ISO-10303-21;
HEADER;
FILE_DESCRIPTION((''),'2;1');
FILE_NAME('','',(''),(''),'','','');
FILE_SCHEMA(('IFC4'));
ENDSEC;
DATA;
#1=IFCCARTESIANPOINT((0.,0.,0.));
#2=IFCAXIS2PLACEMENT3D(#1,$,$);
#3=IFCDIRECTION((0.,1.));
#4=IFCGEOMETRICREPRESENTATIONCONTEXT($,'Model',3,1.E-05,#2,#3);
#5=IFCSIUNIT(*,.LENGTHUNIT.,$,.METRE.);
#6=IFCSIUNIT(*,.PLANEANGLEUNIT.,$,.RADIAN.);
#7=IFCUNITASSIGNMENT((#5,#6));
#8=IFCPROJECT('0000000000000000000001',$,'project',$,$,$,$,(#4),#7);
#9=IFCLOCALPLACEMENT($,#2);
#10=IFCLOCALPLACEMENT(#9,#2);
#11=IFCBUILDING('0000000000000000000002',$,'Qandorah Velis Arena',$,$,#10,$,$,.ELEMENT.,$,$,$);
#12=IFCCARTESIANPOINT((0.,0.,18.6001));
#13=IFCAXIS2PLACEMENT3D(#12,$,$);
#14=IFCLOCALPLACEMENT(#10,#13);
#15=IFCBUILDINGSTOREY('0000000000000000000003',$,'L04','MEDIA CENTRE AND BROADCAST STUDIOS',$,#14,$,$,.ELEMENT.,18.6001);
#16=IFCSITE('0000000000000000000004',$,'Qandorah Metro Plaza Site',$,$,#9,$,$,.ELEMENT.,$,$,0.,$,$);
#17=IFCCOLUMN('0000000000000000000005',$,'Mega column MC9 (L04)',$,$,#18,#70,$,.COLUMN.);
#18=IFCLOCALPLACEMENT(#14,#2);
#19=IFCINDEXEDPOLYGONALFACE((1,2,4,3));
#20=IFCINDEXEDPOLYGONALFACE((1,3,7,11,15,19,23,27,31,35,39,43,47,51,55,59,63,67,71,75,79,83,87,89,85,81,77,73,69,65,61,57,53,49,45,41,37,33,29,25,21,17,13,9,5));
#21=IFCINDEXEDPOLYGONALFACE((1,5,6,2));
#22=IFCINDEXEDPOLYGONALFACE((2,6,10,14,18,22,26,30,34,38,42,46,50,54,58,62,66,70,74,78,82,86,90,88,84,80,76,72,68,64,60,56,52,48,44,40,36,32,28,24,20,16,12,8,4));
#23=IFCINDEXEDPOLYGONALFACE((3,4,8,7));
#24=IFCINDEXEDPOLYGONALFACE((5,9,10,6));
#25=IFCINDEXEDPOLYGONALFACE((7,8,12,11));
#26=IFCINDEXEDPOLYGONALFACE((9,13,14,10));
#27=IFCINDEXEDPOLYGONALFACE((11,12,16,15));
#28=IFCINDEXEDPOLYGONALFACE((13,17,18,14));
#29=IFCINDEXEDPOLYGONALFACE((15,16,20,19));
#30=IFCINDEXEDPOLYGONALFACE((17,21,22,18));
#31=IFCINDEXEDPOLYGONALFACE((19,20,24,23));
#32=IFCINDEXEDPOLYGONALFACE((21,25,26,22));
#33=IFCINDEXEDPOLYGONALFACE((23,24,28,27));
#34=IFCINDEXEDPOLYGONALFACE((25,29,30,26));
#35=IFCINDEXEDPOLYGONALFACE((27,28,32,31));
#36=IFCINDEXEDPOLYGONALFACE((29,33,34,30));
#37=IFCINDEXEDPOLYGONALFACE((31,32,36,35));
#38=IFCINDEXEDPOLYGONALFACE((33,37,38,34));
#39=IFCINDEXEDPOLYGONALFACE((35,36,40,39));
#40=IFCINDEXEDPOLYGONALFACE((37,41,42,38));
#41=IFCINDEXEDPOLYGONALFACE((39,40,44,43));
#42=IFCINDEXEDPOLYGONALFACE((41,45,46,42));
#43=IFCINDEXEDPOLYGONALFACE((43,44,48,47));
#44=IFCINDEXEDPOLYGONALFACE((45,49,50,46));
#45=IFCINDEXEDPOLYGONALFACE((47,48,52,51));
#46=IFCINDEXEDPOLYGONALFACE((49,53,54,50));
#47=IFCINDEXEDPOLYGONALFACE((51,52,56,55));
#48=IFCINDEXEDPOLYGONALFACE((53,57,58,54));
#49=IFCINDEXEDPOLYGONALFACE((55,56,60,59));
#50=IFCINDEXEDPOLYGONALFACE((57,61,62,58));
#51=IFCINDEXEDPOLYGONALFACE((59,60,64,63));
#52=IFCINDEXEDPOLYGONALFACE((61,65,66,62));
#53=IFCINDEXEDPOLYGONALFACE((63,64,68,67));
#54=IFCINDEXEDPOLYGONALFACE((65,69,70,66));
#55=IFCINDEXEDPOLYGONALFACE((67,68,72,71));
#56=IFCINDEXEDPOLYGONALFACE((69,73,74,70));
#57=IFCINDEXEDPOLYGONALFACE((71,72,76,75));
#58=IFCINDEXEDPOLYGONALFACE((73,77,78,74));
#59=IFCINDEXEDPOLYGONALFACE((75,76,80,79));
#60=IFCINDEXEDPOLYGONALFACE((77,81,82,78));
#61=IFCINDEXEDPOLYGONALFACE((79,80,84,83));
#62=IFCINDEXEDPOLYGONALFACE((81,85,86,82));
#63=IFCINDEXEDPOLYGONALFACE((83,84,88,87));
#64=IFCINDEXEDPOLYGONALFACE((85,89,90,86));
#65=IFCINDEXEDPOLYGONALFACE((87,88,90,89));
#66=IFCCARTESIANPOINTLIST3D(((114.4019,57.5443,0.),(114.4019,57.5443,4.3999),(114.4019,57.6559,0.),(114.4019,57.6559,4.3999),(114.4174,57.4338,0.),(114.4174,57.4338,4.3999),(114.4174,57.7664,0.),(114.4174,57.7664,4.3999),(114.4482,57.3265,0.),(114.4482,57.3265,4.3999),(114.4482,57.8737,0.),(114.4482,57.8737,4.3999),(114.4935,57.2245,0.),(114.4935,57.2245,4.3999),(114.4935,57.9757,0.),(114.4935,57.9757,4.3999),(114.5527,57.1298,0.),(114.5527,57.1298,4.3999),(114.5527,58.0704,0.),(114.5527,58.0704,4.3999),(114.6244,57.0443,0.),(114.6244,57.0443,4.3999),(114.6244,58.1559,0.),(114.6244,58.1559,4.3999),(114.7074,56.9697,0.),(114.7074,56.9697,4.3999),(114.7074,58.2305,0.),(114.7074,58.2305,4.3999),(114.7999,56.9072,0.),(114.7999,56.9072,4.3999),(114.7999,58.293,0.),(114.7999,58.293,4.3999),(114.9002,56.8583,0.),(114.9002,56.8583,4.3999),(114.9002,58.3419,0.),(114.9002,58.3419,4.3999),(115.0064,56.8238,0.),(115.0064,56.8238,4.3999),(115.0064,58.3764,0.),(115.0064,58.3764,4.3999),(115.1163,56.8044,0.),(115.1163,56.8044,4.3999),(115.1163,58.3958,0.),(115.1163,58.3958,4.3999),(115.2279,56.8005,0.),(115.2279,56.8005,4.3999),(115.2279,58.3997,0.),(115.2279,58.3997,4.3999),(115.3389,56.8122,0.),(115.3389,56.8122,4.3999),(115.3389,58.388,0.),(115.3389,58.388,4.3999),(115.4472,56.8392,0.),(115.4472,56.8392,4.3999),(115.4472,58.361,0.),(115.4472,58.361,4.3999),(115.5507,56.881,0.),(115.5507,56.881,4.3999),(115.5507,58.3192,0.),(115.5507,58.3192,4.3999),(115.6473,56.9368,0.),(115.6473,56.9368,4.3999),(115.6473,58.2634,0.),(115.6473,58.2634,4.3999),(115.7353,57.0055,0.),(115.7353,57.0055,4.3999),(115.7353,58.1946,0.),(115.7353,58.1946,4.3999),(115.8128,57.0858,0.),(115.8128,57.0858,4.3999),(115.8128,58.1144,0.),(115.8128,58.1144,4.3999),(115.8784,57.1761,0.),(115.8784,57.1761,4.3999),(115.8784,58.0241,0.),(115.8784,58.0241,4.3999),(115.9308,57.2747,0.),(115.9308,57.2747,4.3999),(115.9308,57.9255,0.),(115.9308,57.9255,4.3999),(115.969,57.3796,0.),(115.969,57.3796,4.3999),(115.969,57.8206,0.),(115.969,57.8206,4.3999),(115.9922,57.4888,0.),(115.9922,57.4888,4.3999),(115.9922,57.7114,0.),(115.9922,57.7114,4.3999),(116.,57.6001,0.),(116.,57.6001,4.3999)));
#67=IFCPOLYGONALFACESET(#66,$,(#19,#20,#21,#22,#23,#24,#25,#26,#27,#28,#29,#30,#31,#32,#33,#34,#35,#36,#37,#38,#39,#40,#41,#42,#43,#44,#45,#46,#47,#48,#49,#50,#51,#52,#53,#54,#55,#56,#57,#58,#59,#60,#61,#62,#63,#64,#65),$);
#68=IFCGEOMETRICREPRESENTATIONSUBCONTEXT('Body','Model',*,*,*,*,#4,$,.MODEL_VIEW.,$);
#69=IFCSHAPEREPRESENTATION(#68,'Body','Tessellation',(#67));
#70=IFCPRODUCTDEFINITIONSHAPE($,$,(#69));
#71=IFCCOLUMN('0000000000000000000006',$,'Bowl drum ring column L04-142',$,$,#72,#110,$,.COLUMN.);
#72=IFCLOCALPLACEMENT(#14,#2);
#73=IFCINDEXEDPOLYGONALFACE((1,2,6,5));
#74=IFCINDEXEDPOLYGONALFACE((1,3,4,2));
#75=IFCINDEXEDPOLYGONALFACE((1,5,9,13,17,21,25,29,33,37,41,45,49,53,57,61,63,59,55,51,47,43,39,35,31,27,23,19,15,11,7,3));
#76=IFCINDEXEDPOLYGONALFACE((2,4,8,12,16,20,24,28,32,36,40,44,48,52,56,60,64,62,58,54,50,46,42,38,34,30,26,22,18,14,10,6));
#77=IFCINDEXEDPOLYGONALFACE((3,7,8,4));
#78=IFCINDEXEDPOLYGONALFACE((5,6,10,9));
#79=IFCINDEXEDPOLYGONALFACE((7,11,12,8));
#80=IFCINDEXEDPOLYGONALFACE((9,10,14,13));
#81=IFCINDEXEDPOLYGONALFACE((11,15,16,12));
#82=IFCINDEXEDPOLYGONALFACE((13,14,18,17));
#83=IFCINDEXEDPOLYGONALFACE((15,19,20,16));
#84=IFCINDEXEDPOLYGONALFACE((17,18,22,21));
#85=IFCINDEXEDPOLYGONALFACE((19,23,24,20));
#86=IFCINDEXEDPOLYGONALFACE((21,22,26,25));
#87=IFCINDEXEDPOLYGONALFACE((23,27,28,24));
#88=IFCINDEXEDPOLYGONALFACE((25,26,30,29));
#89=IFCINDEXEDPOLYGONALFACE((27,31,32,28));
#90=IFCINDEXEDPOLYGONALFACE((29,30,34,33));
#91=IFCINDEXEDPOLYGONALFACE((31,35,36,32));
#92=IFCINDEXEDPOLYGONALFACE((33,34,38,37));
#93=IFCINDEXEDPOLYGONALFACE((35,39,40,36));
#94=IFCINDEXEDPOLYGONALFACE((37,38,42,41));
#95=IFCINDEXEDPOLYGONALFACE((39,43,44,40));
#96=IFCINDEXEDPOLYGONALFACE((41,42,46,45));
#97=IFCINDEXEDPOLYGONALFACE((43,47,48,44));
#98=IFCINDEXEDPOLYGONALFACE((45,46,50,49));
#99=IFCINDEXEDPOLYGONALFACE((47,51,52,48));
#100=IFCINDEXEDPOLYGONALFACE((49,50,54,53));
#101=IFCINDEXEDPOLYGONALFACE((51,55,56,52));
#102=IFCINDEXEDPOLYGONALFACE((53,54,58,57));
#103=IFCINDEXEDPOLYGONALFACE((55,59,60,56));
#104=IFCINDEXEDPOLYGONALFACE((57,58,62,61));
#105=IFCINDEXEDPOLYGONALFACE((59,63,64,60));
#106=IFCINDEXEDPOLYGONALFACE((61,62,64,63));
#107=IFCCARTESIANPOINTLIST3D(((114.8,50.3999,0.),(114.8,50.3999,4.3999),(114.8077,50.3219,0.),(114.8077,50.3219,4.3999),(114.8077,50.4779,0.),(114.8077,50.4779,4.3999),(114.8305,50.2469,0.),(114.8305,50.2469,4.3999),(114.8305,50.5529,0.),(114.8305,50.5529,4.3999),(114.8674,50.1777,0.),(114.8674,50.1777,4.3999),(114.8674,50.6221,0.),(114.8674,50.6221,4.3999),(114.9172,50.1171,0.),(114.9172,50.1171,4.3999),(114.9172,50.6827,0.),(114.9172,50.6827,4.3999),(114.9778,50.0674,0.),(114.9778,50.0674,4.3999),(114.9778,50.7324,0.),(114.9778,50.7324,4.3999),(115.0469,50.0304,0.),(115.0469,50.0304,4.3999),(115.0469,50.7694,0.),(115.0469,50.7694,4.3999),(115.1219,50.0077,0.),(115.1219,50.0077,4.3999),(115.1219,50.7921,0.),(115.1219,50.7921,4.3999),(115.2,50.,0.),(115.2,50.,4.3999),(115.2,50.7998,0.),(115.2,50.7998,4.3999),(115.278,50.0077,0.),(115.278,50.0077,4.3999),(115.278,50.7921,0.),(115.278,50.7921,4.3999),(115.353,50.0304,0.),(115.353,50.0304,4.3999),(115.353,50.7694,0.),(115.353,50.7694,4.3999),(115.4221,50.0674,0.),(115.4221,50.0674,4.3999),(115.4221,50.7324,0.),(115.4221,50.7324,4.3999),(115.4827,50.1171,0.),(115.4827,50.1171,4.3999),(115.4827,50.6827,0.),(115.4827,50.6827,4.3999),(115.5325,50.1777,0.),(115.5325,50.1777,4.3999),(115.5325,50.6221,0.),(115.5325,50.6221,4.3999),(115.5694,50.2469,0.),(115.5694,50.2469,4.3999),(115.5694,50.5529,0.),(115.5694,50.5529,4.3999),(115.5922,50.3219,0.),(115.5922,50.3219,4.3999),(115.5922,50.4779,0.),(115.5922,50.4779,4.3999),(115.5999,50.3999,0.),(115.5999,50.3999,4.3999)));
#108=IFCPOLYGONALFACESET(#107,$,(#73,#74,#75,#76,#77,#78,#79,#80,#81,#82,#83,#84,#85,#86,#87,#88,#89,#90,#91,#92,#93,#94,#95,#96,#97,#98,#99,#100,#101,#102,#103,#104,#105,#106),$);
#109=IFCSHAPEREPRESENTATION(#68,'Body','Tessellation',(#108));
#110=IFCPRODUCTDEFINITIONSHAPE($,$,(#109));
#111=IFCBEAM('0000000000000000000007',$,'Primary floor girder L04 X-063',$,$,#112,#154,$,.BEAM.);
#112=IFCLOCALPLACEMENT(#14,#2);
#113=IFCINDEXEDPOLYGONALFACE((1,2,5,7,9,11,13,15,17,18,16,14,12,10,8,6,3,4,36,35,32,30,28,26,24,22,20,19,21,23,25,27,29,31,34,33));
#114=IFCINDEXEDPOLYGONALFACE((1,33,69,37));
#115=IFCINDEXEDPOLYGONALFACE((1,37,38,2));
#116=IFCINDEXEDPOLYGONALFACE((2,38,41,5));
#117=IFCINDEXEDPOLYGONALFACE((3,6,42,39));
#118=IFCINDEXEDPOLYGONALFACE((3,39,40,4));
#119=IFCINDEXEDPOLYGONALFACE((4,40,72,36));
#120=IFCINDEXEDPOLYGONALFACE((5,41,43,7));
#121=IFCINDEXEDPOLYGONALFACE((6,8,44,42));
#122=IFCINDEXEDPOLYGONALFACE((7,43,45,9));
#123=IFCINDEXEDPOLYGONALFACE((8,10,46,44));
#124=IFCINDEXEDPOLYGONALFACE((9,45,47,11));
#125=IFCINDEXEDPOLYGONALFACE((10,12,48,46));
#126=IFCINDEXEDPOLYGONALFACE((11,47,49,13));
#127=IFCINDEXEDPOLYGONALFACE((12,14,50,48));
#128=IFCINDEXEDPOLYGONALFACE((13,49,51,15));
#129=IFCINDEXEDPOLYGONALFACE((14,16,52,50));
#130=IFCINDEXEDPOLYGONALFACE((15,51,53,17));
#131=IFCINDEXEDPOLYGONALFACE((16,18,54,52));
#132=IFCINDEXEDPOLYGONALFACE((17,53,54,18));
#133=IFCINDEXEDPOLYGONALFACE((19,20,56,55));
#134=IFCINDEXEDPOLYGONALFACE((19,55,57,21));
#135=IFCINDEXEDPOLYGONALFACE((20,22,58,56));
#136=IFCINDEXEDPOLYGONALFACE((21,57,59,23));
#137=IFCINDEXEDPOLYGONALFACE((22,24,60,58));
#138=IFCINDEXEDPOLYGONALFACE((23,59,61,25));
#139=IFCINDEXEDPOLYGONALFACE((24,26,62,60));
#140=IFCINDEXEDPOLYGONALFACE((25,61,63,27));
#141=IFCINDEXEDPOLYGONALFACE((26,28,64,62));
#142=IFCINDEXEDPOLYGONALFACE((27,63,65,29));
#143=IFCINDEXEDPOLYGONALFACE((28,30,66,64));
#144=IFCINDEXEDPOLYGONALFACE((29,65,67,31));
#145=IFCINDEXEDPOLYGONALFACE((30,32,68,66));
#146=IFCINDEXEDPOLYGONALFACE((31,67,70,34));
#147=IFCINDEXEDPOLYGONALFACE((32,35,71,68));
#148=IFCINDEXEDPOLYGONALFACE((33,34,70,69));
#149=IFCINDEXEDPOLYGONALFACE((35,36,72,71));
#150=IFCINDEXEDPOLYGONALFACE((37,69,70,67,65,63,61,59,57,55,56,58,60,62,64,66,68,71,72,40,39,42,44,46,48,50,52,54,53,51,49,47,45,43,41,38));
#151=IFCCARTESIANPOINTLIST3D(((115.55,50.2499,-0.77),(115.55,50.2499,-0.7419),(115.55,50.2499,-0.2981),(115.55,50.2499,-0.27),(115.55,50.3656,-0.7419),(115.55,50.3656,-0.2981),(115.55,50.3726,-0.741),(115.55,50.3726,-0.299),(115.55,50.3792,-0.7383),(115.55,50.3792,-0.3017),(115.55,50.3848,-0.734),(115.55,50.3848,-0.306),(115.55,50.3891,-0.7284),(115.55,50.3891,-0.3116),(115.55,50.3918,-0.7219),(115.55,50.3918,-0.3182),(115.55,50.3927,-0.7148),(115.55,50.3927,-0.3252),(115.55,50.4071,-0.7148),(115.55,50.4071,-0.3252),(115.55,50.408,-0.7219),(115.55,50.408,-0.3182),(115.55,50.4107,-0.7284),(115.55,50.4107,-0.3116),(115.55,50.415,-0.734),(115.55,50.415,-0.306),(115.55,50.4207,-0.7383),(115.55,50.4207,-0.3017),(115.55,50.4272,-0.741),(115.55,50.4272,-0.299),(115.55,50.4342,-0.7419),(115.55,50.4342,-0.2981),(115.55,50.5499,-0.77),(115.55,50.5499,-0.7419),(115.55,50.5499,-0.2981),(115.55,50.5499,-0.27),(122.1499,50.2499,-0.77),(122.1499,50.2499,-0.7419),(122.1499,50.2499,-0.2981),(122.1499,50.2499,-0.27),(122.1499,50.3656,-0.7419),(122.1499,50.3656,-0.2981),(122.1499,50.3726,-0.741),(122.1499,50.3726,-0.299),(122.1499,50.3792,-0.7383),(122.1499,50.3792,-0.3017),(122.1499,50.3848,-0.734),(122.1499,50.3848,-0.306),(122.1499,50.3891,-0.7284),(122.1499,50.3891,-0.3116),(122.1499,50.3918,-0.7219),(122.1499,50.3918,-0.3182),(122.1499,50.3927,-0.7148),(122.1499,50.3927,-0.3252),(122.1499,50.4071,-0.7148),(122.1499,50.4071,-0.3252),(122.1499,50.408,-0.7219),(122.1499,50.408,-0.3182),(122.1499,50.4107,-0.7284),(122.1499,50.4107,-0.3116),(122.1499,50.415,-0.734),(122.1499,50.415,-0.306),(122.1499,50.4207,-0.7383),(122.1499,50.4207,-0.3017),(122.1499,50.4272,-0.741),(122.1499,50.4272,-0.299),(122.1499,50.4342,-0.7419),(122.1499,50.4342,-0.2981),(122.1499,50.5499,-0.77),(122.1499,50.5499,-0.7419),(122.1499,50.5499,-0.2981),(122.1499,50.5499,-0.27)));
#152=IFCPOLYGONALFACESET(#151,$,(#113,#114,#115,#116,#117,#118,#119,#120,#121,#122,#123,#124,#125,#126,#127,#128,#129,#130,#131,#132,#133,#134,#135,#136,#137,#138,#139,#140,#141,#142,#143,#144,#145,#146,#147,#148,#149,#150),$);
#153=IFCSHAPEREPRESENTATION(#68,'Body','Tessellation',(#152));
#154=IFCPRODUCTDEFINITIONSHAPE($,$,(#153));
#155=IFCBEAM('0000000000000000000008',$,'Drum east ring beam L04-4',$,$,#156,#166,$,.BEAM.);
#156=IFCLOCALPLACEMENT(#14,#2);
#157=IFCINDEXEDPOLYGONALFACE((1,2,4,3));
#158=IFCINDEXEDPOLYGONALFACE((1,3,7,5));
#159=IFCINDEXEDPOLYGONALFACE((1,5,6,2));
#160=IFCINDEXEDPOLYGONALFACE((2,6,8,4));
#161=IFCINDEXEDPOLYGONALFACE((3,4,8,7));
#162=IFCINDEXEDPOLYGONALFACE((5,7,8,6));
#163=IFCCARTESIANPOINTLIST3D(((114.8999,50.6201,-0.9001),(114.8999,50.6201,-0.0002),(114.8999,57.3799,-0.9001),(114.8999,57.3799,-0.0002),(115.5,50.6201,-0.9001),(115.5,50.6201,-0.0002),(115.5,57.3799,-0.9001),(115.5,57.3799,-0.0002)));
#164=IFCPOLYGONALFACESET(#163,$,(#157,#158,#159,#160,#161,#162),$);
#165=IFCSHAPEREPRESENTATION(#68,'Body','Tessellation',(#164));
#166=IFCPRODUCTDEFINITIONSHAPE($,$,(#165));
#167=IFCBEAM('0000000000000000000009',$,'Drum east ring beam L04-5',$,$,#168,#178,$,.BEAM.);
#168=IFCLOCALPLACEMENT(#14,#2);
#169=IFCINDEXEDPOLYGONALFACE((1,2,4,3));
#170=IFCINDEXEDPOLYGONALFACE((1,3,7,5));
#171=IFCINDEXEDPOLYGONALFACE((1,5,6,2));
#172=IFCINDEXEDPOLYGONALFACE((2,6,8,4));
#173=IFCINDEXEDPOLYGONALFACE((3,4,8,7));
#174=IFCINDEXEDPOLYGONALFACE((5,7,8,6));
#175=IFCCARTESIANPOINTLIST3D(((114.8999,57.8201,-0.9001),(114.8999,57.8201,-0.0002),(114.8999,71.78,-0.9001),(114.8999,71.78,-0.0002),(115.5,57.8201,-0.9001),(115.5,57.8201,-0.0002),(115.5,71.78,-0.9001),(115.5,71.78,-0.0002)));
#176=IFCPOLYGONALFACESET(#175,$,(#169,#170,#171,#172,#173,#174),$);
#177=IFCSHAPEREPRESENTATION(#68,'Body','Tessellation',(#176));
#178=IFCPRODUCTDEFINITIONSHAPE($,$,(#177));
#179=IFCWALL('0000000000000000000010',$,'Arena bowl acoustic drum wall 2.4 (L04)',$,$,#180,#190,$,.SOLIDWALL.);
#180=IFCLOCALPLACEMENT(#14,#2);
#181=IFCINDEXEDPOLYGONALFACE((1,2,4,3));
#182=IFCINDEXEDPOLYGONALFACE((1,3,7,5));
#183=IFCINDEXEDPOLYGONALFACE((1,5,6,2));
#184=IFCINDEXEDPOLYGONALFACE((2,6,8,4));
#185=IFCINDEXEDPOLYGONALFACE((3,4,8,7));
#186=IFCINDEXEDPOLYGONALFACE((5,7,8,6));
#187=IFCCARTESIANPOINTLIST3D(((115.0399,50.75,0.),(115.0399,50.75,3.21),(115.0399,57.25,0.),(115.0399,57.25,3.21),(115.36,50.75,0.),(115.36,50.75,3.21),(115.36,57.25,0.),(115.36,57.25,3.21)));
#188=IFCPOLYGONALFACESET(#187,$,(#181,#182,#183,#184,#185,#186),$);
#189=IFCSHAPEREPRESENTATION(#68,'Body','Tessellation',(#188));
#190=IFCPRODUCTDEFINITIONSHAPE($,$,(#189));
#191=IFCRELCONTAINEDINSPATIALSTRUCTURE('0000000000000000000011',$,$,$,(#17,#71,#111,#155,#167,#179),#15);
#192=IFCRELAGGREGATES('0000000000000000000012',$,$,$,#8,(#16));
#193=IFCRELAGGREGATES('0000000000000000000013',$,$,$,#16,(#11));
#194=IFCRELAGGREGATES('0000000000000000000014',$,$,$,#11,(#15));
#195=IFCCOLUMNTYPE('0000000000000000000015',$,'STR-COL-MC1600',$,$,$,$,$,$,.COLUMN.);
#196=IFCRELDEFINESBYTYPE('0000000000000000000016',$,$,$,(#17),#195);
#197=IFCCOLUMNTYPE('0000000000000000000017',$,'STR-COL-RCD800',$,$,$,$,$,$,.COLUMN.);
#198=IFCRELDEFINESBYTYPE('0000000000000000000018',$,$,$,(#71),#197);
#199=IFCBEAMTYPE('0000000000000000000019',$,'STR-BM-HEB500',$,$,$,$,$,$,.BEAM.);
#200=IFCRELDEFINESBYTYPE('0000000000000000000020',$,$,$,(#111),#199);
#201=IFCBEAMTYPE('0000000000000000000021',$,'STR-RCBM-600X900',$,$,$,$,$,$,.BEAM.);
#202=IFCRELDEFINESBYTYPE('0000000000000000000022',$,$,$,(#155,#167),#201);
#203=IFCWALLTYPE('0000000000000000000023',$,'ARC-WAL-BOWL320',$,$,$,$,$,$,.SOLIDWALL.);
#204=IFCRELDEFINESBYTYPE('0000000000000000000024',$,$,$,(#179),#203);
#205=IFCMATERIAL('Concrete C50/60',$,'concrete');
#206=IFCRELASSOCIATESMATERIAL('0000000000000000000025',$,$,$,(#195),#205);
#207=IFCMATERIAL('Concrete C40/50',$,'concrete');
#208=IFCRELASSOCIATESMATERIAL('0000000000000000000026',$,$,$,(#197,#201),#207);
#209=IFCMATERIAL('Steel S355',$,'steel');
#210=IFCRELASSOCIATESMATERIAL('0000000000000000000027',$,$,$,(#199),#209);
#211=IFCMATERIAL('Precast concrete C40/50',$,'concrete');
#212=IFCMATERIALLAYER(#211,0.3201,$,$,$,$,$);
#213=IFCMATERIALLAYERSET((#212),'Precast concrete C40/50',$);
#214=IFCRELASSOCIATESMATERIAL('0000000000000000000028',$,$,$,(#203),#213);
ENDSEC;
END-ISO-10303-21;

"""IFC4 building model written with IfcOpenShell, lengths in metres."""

from ifc_helpers import new_model, si_unit, direction, frame, frame_2d, origin, origin_2d, place, context, subcontext, project, spatial, rectangle, circle, i_section, extrude, material, layer, layer_set, material_profile, profile_set, type_object, element, save


model = new_model("IFC4")

# Units and contexts
model_context = context("Model", 3, precision=1e-05, world=origin(), true_north=direction((0.0, 1.0)))
body_context = subcontext(model_context, "Body", "Model", "MODEL_VIEW")
ifc_project = project(units=[si_unit("LENGTHUNIT", "METRE"), si_unit("PLANEANGLEUNIT", "RADIAN")], contexts=[model_context])

# Site, building, storey
site_placement = place(None, origin())
site = spatial("IfcSite", under=ifc_project, at=site_placement, Name="Qandorah Metro Plaza Site", CompositionType="ELEMENT", RefElevation=0.0)
building_placement = place(site_placement, origin())
building = spatial("IfcBuilding", under=site, at=building_placement, Name="Qandorah Velis Arena", CompositionType="ELEMENT")
storey_placement = place(building_placement, frame((0.0, 0.0, 18.6001)))
storey = spatial("IfcBuildingStorey", under=building, at=storey_placement, Name="L04", Description="MEDIA CENTRE AND BROADCAST STUDIOS", CompositionType="ELEMENT", Elevation=18.6001)

# Columns
ifc_material_1 = material(Name="Concrete C50/60", Category="concrete")
ifc_material_profile_1 = material_profile(ifc_material_1, circle(Radius=0.8, at=origin_2d()), Name="MC D1600")
ifc_profile_set_1 = profile_set([ifc_material_profile_1], Name="Concrete C50/60")
column_type_1 = type_object("IfcColumnType", Name="STR-COL-MC1600", PredefinedType="COLUMN", material=ifc_profile_set_1)
column_1_placement = place(storey_placement, frame((115.2, 57.6001, 0.0), z_axis=(0.0, 0.0, 1.0), x_axis=(1.0, 0.0, 0.0)))
element("IfcColumn", 1, at=column_1_placement, inside=storey, type_object=column_type_1, Name="Mega column MC9 (L04)", PredefinedType="COLUMN", context=body_context, shape_type="SweptSolid", body=[
    extrude(circle(Radius=0.8, at=origin_2d()), origin(), (0.0, 0.0, 1.0), 4.3999),
])
ifc_material_2 = material(Name="Concrete C40/50", Category="concrete")
ifc_material_profile_2 = material_profile(ifc_material_2, circle(Radius=0.3999, at=origin_2d()), Name="RC D800")
ifc_profile_set_2 = profile_set([ifc_material_profile_2], Name="Concrete C40/50")
column_type_2 = type_object("IfcColumnType", Name="STR-COL-RCD800", PredefinedType="COLUMN", material=ifc_profile_set_2)
column_2_placement = place(storey_placement, frame((115.2, 50.3999, 0.0), z_axis=(0.0, 0.0, 1.0), x_axis=(1.0, 0.0, 0.0)))
element("IfcColumn", 2, at=column_2_placement, inside=storey, type_object=column_type_2, Name="Bowl drum ring column L04-142", PredefinedType="COLUMN", context=body_context, shape_type="SweptSolid", body=[
    extrude(circle(Radius=0.3999, at=origin_2d()), origin(), (0.0, 0.0, 1.0), 4.3999),
])

# Beams
ifc_material_3 = material(Name="Steel S355", Category="steel")
ifc_material_profile_3 = material_profile(ifc_material_3, i_section(OverallWidth=0.3, OverallDepth=0.5, WebThickness=0.0144, FlangeThickness=0.0281, FilletRadius=0.0271, at=origin_2d()), Name="HEB 500")
ifc_profile_set_3 = profile_set([ifc_material_profile_3], Name="Steel S355")
beam_type_1 = type_object("IfcBeamType", Name="STR-BM-HEB500", PredefinedType="BEAM", material=ifc_profile_set_3)
beam_1_placement = place(storey_placement, frame((115.55, 50.3999, -0.52), z_axis=(1.0, 0.0, 0.0), x_axis=(0.0, 1.0, 0.0)))
element("IfcBeam", 3, at=beam_1_placement, inside=storey, type_object=beam_type_1, Name="Primary floor girder L04 X-063", PredefinedType="BEAM", context=body_context, shape_type="SweptSolid", body=[
    extrude(i_section(OverallWidth=0.3, OverallDepth=0.5, WebThickness=0.0144, FlangeThickness=0.0281, FilletRadius=0.0271, at=origin_2d()), origin(), (0.0, 0.0, 1.0), 6.5999),
])
ifc_material_profile_4 = material_profile(ifc_material_2, rectangle(XDim=0.6001, YDim=0.8999, at=origin_2d()), Name="RC BM 600x900")
ifc_profile_set_4 = profile_set([ifc_material_profile_4], Name="Concrete C40/50")
beam_type_2 = type_object("IfcBeamType", Name="STR-RCBM-600X900", PredefinedType="BEAM", material=ifc_profile_set_4)
beam_2_placement = place(storey_placement, frame((115.2, 50.6201, -0.4502), z_axis=(0.0, 1.0, 0.0), x_axis=(-1.0, 0.0, 0.0)))
element("IfcBeam", 4, at=beam_2_placement, inside=storey, type_object=beam_type_2, Name="Drum east ring beam L04-4", PredefinedType="BEAM", context=body_context, shape_type="SweptSolid", body=[
    extrude(rectangle(XDim=0.6001, YDim=0.8999, at=origin_2d()), origin(), (0.0, 0.0, 1.0), 6.7598),
])
beam_3_placement = place(storey_placement, frame((115.2, 57.8201, -0.4502), z_axis=(0.0, 1.0, 0.0), x_axis=(-1.0, 0.0, 0.0)))
element("IfcBeam", 5, at=beam_3_placement, inside=storey, type_object=beam_type_2, Name="Drum east ring beam L04-5", PredefinedType="BEAM", context=body_context, shape_type="SweptSolid", body=[
    extrude(rectangle(XDim=0.6001, YDim=0.8999, at=origin_2d()), origin(), (0.0, 0.0, 1.0), 13.96),
])

# Wall
ifc_material_4 = material(Name="Precast concrete C40/50", Category="concrete")
ifc_layer_1 = layer(ifc_material_4, 0.3201)
ifc_layer_set_1 = layer_set([ifc_layer_1], Name="Precast concrete C40/50")
wall_type = type_object("IfcWallType", Name="ARC-WAL-BOWL320", PredefinedType="SOLIDWALL", material=ifc_layer_set_1)
wall_1_placement = place(storey_placement, frame((115.2, 50.75, 0.0), z_axis=(0.0, 0.0, 1.0), x_axis=(0.0, 1.0, 0.0)))
element("IfcWall", 6, at=wall_1_placement, inside=storey, type_object=wall_type, Name="Arena bowl acoustic drum wall 2.4 (L04)", PredefinedType="SOLIDWALL", context=body_context, shape_type="SweptSolid", body=[
    extrude(rectangle(XDim=6.5, YDim=0.3201, at=frame_2d((3.25, 0.0))), origin(), (0.0, 0.0, 1.0), 3.21),
])

save(model, "model.ifc")
